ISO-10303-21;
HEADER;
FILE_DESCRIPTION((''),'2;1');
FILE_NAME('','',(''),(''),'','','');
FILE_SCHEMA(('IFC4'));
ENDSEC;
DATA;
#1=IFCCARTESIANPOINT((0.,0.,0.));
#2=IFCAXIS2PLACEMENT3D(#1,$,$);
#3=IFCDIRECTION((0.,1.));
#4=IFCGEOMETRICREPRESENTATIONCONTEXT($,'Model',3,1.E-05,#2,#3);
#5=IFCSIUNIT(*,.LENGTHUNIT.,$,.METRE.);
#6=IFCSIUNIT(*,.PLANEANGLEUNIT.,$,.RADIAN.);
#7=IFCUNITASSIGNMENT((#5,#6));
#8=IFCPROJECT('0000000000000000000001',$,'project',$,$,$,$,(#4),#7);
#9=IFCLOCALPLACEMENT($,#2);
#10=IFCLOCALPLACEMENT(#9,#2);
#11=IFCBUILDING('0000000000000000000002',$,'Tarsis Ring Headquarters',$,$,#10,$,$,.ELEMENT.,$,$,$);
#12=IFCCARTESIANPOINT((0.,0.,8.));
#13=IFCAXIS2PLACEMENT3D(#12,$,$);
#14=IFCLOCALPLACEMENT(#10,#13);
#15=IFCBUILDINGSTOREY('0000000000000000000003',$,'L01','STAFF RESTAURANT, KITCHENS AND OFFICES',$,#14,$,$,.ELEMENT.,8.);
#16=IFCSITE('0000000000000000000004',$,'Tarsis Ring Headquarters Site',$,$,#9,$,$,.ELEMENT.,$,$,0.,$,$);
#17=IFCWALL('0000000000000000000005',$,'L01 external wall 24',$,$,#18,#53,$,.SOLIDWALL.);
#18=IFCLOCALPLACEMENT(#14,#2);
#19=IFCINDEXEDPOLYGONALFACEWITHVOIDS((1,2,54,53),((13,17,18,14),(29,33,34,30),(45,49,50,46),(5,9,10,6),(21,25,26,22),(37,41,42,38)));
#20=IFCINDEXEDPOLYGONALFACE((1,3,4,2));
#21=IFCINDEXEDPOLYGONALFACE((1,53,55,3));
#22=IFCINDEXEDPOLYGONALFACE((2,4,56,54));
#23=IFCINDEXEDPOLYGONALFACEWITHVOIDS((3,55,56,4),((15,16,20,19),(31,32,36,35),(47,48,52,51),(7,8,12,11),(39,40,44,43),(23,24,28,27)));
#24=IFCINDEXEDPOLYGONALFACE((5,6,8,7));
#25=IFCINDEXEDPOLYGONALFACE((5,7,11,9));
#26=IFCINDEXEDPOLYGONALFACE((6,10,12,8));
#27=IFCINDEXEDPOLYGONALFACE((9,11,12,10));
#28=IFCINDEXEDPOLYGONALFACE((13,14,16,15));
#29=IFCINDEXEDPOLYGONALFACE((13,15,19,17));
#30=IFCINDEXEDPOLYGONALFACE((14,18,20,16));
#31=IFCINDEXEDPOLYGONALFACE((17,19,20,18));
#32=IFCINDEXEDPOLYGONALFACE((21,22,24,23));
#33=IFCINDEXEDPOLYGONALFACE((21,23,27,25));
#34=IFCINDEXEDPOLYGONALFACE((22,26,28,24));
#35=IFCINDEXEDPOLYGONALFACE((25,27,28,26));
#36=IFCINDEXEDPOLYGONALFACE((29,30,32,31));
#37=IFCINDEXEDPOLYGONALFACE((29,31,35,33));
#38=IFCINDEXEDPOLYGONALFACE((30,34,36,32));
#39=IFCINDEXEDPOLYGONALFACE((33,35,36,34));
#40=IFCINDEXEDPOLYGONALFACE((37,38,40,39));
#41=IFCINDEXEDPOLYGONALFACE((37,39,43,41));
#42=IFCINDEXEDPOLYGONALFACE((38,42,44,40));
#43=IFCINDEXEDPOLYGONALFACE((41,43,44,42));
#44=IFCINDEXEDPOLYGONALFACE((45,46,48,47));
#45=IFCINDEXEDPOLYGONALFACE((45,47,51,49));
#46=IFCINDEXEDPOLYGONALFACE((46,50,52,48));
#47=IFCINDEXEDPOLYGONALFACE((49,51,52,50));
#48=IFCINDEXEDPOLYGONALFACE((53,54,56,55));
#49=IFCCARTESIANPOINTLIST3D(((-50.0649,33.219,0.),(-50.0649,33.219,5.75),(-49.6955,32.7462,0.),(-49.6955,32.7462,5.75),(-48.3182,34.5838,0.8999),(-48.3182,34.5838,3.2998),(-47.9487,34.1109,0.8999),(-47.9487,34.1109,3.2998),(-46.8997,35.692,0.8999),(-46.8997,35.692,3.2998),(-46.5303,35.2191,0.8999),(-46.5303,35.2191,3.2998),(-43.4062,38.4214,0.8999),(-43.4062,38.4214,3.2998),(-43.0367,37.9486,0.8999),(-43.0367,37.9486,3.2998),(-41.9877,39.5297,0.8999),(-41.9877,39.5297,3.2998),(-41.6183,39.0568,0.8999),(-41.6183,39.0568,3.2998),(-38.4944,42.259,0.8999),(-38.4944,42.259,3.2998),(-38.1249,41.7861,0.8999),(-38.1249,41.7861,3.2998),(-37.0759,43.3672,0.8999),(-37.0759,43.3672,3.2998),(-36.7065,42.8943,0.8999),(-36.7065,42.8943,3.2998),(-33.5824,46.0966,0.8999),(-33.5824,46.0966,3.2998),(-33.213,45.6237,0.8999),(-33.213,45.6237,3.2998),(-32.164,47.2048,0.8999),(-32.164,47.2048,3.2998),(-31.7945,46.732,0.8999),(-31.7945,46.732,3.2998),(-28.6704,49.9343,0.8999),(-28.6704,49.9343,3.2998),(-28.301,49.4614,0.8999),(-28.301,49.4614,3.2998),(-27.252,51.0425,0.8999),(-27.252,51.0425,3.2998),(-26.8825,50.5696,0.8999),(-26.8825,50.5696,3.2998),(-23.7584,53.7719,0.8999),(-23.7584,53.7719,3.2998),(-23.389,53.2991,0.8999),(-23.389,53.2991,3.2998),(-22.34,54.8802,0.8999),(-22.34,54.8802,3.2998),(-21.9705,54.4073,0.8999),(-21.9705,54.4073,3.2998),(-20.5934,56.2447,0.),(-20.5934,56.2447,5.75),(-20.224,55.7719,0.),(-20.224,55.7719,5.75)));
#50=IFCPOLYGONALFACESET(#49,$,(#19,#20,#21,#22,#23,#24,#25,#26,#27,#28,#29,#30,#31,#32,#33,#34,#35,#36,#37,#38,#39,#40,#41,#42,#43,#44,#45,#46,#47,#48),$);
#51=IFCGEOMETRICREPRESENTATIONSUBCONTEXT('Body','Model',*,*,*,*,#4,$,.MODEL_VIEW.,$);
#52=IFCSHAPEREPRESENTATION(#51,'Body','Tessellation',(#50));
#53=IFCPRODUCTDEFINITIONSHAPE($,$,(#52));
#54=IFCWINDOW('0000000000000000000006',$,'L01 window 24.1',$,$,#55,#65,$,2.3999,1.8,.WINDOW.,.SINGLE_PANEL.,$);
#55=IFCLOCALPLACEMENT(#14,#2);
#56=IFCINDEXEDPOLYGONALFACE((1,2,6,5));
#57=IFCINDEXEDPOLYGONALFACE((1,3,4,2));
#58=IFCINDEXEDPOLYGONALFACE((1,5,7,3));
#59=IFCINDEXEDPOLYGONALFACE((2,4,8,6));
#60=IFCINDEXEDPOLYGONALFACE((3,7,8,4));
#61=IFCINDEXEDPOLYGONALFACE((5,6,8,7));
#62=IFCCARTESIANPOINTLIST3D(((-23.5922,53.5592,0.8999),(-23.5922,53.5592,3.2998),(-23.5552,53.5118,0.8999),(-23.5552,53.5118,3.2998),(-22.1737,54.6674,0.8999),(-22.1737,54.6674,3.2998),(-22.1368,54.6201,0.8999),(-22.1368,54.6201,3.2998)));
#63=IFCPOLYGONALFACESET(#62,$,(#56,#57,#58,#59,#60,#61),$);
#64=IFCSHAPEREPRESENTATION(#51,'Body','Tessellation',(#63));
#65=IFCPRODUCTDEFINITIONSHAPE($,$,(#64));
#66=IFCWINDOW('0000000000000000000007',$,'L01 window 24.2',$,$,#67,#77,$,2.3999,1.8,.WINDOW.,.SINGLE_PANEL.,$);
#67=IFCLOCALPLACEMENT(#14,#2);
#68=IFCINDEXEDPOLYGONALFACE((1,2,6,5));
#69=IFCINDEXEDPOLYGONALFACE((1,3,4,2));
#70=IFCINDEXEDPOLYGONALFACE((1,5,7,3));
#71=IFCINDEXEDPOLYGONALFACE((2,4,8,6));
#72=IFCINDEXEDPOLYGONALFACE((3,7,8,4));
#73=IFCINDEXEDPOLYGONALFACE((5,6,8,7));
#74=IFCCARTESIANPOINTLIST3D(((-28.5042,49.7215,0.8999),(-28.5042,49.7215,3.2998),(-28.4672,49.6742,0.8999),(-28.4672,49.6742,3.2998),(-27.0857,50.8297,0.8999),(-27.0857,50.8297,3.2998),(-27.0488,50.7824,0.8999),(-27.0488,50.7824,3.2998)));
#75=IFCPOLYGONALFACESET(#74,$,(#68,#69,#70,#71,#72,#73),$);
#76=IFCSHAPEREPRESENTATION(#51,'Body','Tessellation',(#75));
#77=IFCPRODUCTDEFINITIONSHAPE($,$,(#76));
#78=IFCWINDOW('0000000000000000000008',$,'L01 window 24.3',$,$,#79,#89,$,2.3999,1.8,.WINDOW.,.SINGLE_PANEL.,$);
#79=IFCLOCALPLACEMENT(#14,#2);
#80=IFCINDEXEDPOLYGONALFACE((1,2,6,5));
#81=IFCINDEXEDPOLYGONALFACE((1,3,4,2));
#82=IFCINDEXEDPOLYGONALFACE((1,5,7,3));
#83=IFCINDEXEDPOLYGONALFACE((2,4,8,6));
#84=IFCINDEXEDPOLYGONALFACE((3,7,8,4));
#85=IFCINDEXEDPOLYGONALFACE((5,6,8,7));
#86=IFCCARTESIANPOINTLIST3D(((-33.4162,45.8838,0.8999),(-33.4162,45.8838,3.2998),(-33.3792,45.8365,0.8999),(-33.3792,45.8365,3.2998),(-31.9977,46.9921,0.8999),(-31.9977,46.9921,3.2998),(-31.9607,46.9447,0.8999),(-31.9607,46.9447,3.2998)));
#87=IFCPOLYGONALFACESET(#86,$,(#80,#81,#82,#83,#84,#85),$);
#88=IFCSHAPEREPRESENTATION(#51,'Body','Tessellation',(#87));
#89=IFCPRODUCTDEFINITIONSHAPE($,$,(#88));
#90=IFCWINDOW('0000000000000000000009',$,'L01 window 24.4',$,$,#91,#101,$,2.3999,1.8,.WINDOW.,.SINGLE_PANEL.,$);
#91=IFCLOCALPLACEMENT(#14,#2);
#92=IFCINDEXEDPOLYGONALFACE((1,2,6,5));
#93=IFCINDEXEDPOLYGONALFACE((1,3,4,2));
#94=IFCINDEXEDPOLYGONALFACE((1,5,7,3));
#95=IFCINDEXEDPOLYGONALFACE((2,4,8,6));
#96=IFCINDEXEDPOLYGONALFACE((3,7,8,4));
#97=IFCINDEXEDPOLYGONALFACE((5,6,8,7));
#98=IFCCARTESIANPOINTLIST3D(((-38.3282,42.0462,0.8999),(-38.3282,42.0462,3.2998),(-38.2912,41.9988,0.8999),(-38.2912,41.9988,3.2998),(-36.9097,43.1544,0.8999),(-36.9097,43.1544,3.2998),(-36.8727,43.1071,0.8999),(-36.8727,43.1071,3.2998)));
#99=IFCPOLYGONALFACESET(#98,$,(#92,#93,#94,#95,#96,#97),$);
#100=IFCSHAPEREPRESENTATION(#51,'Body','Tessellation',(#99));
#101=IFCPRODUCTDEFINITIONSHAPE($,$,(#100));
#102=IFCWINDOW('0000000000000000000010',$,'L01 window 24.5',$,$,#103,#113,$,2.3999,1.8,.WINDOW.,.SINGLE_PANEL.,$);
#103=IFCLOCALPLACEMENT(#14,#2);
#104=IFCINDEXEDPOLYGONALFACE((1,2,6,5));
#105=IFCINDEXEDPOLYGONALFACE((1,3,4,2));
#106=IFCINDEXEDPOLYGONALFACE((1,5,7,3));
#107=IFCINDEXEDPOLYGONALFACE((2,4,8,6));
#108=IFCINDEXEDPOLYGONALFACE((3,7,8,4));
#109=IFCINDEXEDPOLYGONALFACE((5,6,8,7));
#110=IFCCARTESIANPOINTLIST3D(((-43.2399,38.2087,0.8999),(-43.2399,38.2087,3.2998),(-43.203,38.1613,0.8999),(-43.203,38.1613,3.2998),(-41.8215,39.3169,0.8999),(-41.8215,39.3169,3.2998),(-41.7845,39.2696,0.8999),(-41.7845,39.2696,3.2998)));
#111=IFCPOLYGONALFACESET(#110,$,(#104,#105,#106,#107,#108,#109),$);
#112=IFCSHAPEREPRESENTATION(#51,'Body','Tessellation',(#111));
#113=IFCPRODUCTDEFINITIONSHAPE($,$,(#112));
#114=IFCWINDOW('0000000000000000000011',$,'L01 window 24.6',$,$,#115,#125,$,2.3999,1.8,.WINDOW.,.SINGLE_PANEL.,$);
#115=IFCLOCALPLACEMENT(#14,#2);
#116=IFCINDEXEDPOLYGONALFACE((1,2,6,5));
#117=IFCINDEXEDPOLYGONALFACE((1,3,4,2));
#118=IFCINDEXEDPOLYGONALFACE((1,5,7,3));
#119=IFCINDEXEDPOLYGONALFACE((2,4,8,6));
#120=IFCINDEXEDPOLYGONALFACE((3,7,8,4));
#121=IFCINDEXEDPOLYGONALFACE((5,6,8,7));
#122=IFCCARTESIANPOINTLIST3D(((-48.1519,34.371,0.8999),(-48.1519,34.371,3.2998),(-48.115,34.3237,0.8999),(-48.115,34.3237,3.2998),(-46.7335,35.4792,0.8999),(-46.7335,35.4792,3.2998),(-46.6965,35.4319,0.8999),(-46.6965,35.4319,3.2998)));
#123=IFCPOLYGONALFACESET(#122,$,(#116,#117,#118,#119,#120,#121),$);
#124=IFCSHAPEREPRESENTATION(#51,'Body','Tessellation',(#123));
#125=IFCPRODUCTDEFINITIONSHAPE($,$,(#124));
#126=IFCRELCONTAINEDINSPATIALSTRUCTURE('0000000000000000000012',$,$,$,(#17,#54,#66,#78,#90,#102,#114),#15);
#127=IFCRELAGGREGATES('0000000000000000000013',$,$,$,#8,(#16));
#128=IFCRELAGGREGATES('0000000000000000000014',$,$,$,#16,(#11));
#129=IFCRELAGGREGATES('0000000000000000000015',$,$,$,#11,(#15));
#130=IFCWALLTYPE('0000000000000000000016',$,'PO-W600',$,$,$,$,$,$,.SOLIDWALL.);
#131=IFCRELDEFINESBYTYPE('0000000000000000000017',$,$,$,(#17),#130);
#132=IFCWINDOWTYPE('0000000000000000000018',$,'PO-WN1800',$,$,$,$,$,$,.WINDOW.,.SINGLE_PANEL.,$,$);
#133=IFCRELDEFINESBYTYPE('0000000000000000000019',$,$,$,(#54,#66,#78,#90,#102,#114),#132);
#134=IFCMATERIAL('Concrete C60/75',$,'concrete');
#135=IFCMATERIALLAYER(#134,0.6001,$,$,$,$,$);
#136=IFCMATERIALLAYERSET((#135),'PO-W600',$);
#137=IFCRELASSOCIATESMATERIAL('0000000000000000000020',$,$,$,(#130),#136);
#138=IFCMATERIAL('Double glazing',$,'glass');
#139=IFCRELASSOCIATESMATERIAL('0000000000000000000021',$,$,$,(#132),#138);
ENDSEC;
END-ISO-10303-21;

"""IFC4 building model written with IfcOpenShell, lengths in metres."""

from ifc_helpers import new_model, si_unit, direction, frame, frame_2d, origin, place, context, subcontext, project, spatial, rectangle, extrude, material, layer, layer_set, type_object, element, fill, save


model = new_model("IFC4")

# Units and contexts
model_context = context("Model", 3, precision=1e-05, world=origin(), true_north=direction((0.0, 1.0)))
body_context = subcontext(model_context, "Body", "Model", "MODEL_VIEW")
ifc_project = project(units=[si_unit("LENGTHUNIT", "METRE"), si_unit("PLANEANGLEUNIT", "RADIAN")], contexts=[model_context])

# Site, building, storey
site_placement = place(None, origin())
site = spatial("IfcSite", under=ifc_project, at=site_placement, Name="Tarsis Ring Headquarters Site", CompositionType="ELEMENT", RefElevation=0.0)
building_placement = place(site_placement, origin())
building = spatial("IfcBuilding", under=site, at=building_placement, Name="Tarsis Ring Headquarters", CompositionType="ELEMENT")
storey_placement = place(building_placement, frame((0.0, 0.0, 8.0)))
storey = spatial("IfcBuildingStorey", under=building, at=storey_placement, Name="L01", Description="STAFF RESTAURANT, KITCHENS AND OFFICES", CompositionType="ELEMENT", Elevation=8.0)

# Shared definitions
ifc_material_1 = material(Name="Concrete C60/75", Category="concrete")

# Wall, openings, windows
ifc_layer_1 = layer(ifc_material_1, 0.6001)
ifc_layer_set_1 = layer_set([ifc_layer_1], Name="PO-W600")
wall_type_1 = type_object("IfcWallType", Name="PO-W600", PredefinedType="SOLIDWALL", material=ifc_layer_set_1)
wall_1_placement = place(storey_placement, frame((-20.4087, 56.0083, 0.0), z_axis=(0.0, 0.0, 1.0), x_axis=(-0.78801, -0.615662, 0.0)))
wall_1 = element("IfcWall", 1, at=wall_1_placement, inside=storey, type_object=wall_type_1, Name="L01 external wall 24", PredefinedType="SOLIDWALL", context=body_context, shape_type="SweptSolid", body=[
    extrude(rectangle(XDim=37.3999, YDim=0.6001, at=frame_2d((18.7, 0.0))), origin(), (0.0, 0.0, 1.0), 5.75),
])
opening_1_placement = place(wall_1_placement, frame((2.2166, 0.0, 0.8999)))
opening_1 = element("IfcOpeningElement", 2, at=opening_1_placement, cuts=wall_1, PredefinedType="OPENING", context=body_context, shape_type="SweptSolid", body=[
    extrude(rectangle(XDim=1.8, YDim=2.3999, at=frame_2d((0.8999, 1.2))), frame((0.0, 0.3101, 0.0), z_axis=(0.0, -1.0, 0.0), x_axis=(1.0, 0.0, 0.0)), (0.0, 0.0, 1.0), 0.6201),
])
opening_2_placement = place(wall_1_placement, frame((8.45, 0.0, 0.8999)))
opening_2 = element("IfcOpeningElement", 3, at=opening_2_placement, cuts=wall_1, PredefinedType="OPENING", context=body_context, shape_type="SweptSolid", body=[
    extrude(rectangle(XDim=1.8, YDim=2.3999, at=frame_2d((0.8999, 1.2))), frame((0.0, 0.3101, 0.0), z_axis=(0.0, -1.0, 0.0), x_axis=(1.0, 0.0, 0.0)), (0.0, 0.0, 1.0), 0.6201),
])
opening_3_placement = place(wall_1_placement, frame((14.6833, 0.0, 0.8999)))
opening_3 = element("IfcOpeningElement", 4, at=opening_3_placement, cuts=wall_1, PredefinedType="OPENING", context=body_context, shape_type="SweptSolid", body=[
    extrude(rectangle(XDim=1.8, YDim=2.3999, at=frame_2d((0.8999, 1.2))), frame((0.0, 0.3101, 0.0), z_axis=(0.0, -1.0, 0.0), x_axis=(1.0, 0.0, 0.0)), (0.0, 0.0, 1.0), 0.6201),
])
opening_4_placement = place(wall_1_placement, frame((20.9167, 0.0, 0.8999)))
opening_4 = element("IfcOpeningElement", 5, at=opening_4_placement, cuts=wall_1, PredefinedType="OPENING", context=body_context, shape_type="SweptSolid", body=[
    extrude(rectangle(XDim=1.8, YDim=2.3999, at=frame_2d((0.8999, 1.2))), frame((0.0, 0.3101, 0.0), z_axis=(0.0, -1.0, 0.0), x_axis=(1.0, 0.0, 0.0)), (0.0, 0.0, 1.0), 0.6201),
])
opening_5_placement = place(wall_1_placement, frame((27.1499, 0.0, 0.8999)))
opening_5 = element("IfcOpeningElement", 6, at=opening_5_placement, cuts=wall_1, PredefinedType="OPENING", context=body_context, shape_type="SweptSolid", body=[
    extrude(rectangle(XDim=1.8, YDim=2.3999, at=frame_2d((0.8999, 1.2))), frame((0.0, 0.3101, 0.0), z_axis=(0.0, -1.0, 0.0), x_axis=(1.0, 0.0, 0.0)), (0.0, 0.0, 1.0), 0.6201),
])
opening_6_placement = place(wall_1_placement, frame((33.3833, 0.0, 0.8999)))
opening_6 = element("IfcOpeningElement", 7, at=opening_6_placement, cuts=wall_1, PredefinedType="OPENING", context=body_context, shape_type="SweptSolid", body=[
    extrude(rectangle(XDim=1.8, YDim=2.3999, at=frame_2d((0.8999, 1.2))), frame((0.0, 0.3101, 0.0), z_axis=(0.0, -1.0, 0.0), x_axis=(1.0, 0.0, 0.0)), (0.0, 0.0, 1.0), 0.6201),
])
ifc_material_2 = material(Name="Double glazing", Category="glass")
window_type = type_object("IfcWindowType", Name="PO-WN1800", PartitioningType="SINGLE_PANEL", PredefinedType="WINDOW", material=ifc_material_2)
window_1_placement = place(opening_1_placement, origin())
window_1 = element("IfcWindow", 8, at=window_1_placement, inside=storey, type_object=window_type, Name="L01 window 24.1", OverallHeight=2.3999, OverallWidth=1.8, PartitioningType="SINGLE_PANEL", PredefinedType="WINDOW", context=body_context, shape_type="SweptSolid", body=[
    extrude(rectangle(XDim=1.8, YDim=2.3999, at=frame_2d((0.8999, 1.2))), frame((0.0, 0.03, 0.0), z_axis=(0.0, -1.0, 0.0), x_axis=(1.0, 0.0, 0.0)), (0.0, 0.0, 1.0), 0.0601),
])
fill(opening_1, window_1)
window_2_placement = place(opening_2_placement, origin())
window_2 = element("IfcWindow", 9, at=window_2_placement, inside=storey, type_object=window_type, Name="L01 window 24.2", OverallHeight=2.3999, OverallWidth=1.8, PartitioningType="SINGLE_PANEL", PredefinedType="WINDOW", context=body_context, shape_type="SweptSolid", body=[
    extrude(rectangle(XDim=1.8, YDim=2.3999, at=frame_2d((0.8999, 1.2))), frame((0.0, 0.03, 0.0), z_axis=(0.0, -1.0, 0.0), x_axis=(1.0, 0.0, 0.0)), (0.0, 0.0, 1.0), 0.0601),
])
fill(opening_2, window_2)
window_3_placement = place(opening_3_placement, origin())
window_3 = element("IfcWindow", 10, at=window_3_placement, inside=storey, type_object=window_type, Name="L01 window 24.3", OverallHeight=2.3999, OverallWidth=1.8, PartitioningType="SINGLE_PANEL", PredefinedType="WINDOW", context=body_context, shape_type="SweptSolid", body=[
    extrude(rectangle(XDim=1.8, YDim=2.3999, at=frame_2d((0.8999, 1.2))), frame((0.0, 0.03, 0.0), z_axis=(0.0, -1.0, 0.0), x_axis=(1.0, 0.0, 0.0)), (0.0, 0.0, 1.0), 0.0601),
])
fill(opening_3, window_3)
window_4_placement = place(opening_4_placement, origin())
window_4 = element("IfcWindow", 11, at=window_4_placement, inside=storey, type_object=window_type, Name="L01 window 24.4", OverallHeight=2.3999, OverallWidth=1.8, PartitioningType="SINGLE_PANEL", PredefinedType="WINDOW", context=body_context, shape_type="SweptSolid", body=[
    extrude(rectangle(XDim=1.8, YDim=2.3999, at=frame_2d((0.8999, 1.2))), frame((0.0, 0.03, 0.0), z_axis=(0.0, -1.0, 0.0), x_axis=(1.0, 0.0, 0.0)), (0.0, 0.0, 1.0), 0.0601),
])
fill(opening_4, window_4)
window_5_placement = place(opening_5_placement, origin())
window_5 = element("IfcWindow", 12, at=window_5_placement, inside=storey, type_object=window_type, Name="L01 window 24.5", OverallHeight=2.3999, OverallWidth=1.8, PartitioningType="SINGLE_PANEL", PredefinedType="WINDOW", context=body_context, shape_type="SweptSolid", body=[
    extrude(rectangle(XDim=1.8, YDim=2.3999, at=frame_2d((0.8999, 1.2))), frame((0.0, 0.03, 0.0), z_axis=(0.0, -1.0, 0.0), x_axis=(1.0, 0.0, 0.0)), (0.0, 0.0, 1.0), 0.0601),
])
fill(opening_5, window_5)
window_6_placement = place(opening_6_placement, origin())
window_6 = element("IfcWindow", 13, at=window_6_placement, inside=storey, type_object=window_type, Name="L01 window 24.6", OverallHeight=2.3999, OverallWidth=1.8, PartitioningType="SINGLE_PANEL", PredefinedType="WINDOW", context=body_context, shape_type="SweptSolid", body=[
    extrude(rectangle(XDim=1.8, YDim=2.3999, at=frame_2d((0.8999, 1.2))), frame((0.0, 0.03, 0.0), z_axis=(0.0, -1.0, 0.0), x_axis=(1.0, 0.0, 0.0)), (0.0, 0.0, 1.0), 0.0601),
])
fill(opening_6, window_6)

save(model, "model.ifc")
